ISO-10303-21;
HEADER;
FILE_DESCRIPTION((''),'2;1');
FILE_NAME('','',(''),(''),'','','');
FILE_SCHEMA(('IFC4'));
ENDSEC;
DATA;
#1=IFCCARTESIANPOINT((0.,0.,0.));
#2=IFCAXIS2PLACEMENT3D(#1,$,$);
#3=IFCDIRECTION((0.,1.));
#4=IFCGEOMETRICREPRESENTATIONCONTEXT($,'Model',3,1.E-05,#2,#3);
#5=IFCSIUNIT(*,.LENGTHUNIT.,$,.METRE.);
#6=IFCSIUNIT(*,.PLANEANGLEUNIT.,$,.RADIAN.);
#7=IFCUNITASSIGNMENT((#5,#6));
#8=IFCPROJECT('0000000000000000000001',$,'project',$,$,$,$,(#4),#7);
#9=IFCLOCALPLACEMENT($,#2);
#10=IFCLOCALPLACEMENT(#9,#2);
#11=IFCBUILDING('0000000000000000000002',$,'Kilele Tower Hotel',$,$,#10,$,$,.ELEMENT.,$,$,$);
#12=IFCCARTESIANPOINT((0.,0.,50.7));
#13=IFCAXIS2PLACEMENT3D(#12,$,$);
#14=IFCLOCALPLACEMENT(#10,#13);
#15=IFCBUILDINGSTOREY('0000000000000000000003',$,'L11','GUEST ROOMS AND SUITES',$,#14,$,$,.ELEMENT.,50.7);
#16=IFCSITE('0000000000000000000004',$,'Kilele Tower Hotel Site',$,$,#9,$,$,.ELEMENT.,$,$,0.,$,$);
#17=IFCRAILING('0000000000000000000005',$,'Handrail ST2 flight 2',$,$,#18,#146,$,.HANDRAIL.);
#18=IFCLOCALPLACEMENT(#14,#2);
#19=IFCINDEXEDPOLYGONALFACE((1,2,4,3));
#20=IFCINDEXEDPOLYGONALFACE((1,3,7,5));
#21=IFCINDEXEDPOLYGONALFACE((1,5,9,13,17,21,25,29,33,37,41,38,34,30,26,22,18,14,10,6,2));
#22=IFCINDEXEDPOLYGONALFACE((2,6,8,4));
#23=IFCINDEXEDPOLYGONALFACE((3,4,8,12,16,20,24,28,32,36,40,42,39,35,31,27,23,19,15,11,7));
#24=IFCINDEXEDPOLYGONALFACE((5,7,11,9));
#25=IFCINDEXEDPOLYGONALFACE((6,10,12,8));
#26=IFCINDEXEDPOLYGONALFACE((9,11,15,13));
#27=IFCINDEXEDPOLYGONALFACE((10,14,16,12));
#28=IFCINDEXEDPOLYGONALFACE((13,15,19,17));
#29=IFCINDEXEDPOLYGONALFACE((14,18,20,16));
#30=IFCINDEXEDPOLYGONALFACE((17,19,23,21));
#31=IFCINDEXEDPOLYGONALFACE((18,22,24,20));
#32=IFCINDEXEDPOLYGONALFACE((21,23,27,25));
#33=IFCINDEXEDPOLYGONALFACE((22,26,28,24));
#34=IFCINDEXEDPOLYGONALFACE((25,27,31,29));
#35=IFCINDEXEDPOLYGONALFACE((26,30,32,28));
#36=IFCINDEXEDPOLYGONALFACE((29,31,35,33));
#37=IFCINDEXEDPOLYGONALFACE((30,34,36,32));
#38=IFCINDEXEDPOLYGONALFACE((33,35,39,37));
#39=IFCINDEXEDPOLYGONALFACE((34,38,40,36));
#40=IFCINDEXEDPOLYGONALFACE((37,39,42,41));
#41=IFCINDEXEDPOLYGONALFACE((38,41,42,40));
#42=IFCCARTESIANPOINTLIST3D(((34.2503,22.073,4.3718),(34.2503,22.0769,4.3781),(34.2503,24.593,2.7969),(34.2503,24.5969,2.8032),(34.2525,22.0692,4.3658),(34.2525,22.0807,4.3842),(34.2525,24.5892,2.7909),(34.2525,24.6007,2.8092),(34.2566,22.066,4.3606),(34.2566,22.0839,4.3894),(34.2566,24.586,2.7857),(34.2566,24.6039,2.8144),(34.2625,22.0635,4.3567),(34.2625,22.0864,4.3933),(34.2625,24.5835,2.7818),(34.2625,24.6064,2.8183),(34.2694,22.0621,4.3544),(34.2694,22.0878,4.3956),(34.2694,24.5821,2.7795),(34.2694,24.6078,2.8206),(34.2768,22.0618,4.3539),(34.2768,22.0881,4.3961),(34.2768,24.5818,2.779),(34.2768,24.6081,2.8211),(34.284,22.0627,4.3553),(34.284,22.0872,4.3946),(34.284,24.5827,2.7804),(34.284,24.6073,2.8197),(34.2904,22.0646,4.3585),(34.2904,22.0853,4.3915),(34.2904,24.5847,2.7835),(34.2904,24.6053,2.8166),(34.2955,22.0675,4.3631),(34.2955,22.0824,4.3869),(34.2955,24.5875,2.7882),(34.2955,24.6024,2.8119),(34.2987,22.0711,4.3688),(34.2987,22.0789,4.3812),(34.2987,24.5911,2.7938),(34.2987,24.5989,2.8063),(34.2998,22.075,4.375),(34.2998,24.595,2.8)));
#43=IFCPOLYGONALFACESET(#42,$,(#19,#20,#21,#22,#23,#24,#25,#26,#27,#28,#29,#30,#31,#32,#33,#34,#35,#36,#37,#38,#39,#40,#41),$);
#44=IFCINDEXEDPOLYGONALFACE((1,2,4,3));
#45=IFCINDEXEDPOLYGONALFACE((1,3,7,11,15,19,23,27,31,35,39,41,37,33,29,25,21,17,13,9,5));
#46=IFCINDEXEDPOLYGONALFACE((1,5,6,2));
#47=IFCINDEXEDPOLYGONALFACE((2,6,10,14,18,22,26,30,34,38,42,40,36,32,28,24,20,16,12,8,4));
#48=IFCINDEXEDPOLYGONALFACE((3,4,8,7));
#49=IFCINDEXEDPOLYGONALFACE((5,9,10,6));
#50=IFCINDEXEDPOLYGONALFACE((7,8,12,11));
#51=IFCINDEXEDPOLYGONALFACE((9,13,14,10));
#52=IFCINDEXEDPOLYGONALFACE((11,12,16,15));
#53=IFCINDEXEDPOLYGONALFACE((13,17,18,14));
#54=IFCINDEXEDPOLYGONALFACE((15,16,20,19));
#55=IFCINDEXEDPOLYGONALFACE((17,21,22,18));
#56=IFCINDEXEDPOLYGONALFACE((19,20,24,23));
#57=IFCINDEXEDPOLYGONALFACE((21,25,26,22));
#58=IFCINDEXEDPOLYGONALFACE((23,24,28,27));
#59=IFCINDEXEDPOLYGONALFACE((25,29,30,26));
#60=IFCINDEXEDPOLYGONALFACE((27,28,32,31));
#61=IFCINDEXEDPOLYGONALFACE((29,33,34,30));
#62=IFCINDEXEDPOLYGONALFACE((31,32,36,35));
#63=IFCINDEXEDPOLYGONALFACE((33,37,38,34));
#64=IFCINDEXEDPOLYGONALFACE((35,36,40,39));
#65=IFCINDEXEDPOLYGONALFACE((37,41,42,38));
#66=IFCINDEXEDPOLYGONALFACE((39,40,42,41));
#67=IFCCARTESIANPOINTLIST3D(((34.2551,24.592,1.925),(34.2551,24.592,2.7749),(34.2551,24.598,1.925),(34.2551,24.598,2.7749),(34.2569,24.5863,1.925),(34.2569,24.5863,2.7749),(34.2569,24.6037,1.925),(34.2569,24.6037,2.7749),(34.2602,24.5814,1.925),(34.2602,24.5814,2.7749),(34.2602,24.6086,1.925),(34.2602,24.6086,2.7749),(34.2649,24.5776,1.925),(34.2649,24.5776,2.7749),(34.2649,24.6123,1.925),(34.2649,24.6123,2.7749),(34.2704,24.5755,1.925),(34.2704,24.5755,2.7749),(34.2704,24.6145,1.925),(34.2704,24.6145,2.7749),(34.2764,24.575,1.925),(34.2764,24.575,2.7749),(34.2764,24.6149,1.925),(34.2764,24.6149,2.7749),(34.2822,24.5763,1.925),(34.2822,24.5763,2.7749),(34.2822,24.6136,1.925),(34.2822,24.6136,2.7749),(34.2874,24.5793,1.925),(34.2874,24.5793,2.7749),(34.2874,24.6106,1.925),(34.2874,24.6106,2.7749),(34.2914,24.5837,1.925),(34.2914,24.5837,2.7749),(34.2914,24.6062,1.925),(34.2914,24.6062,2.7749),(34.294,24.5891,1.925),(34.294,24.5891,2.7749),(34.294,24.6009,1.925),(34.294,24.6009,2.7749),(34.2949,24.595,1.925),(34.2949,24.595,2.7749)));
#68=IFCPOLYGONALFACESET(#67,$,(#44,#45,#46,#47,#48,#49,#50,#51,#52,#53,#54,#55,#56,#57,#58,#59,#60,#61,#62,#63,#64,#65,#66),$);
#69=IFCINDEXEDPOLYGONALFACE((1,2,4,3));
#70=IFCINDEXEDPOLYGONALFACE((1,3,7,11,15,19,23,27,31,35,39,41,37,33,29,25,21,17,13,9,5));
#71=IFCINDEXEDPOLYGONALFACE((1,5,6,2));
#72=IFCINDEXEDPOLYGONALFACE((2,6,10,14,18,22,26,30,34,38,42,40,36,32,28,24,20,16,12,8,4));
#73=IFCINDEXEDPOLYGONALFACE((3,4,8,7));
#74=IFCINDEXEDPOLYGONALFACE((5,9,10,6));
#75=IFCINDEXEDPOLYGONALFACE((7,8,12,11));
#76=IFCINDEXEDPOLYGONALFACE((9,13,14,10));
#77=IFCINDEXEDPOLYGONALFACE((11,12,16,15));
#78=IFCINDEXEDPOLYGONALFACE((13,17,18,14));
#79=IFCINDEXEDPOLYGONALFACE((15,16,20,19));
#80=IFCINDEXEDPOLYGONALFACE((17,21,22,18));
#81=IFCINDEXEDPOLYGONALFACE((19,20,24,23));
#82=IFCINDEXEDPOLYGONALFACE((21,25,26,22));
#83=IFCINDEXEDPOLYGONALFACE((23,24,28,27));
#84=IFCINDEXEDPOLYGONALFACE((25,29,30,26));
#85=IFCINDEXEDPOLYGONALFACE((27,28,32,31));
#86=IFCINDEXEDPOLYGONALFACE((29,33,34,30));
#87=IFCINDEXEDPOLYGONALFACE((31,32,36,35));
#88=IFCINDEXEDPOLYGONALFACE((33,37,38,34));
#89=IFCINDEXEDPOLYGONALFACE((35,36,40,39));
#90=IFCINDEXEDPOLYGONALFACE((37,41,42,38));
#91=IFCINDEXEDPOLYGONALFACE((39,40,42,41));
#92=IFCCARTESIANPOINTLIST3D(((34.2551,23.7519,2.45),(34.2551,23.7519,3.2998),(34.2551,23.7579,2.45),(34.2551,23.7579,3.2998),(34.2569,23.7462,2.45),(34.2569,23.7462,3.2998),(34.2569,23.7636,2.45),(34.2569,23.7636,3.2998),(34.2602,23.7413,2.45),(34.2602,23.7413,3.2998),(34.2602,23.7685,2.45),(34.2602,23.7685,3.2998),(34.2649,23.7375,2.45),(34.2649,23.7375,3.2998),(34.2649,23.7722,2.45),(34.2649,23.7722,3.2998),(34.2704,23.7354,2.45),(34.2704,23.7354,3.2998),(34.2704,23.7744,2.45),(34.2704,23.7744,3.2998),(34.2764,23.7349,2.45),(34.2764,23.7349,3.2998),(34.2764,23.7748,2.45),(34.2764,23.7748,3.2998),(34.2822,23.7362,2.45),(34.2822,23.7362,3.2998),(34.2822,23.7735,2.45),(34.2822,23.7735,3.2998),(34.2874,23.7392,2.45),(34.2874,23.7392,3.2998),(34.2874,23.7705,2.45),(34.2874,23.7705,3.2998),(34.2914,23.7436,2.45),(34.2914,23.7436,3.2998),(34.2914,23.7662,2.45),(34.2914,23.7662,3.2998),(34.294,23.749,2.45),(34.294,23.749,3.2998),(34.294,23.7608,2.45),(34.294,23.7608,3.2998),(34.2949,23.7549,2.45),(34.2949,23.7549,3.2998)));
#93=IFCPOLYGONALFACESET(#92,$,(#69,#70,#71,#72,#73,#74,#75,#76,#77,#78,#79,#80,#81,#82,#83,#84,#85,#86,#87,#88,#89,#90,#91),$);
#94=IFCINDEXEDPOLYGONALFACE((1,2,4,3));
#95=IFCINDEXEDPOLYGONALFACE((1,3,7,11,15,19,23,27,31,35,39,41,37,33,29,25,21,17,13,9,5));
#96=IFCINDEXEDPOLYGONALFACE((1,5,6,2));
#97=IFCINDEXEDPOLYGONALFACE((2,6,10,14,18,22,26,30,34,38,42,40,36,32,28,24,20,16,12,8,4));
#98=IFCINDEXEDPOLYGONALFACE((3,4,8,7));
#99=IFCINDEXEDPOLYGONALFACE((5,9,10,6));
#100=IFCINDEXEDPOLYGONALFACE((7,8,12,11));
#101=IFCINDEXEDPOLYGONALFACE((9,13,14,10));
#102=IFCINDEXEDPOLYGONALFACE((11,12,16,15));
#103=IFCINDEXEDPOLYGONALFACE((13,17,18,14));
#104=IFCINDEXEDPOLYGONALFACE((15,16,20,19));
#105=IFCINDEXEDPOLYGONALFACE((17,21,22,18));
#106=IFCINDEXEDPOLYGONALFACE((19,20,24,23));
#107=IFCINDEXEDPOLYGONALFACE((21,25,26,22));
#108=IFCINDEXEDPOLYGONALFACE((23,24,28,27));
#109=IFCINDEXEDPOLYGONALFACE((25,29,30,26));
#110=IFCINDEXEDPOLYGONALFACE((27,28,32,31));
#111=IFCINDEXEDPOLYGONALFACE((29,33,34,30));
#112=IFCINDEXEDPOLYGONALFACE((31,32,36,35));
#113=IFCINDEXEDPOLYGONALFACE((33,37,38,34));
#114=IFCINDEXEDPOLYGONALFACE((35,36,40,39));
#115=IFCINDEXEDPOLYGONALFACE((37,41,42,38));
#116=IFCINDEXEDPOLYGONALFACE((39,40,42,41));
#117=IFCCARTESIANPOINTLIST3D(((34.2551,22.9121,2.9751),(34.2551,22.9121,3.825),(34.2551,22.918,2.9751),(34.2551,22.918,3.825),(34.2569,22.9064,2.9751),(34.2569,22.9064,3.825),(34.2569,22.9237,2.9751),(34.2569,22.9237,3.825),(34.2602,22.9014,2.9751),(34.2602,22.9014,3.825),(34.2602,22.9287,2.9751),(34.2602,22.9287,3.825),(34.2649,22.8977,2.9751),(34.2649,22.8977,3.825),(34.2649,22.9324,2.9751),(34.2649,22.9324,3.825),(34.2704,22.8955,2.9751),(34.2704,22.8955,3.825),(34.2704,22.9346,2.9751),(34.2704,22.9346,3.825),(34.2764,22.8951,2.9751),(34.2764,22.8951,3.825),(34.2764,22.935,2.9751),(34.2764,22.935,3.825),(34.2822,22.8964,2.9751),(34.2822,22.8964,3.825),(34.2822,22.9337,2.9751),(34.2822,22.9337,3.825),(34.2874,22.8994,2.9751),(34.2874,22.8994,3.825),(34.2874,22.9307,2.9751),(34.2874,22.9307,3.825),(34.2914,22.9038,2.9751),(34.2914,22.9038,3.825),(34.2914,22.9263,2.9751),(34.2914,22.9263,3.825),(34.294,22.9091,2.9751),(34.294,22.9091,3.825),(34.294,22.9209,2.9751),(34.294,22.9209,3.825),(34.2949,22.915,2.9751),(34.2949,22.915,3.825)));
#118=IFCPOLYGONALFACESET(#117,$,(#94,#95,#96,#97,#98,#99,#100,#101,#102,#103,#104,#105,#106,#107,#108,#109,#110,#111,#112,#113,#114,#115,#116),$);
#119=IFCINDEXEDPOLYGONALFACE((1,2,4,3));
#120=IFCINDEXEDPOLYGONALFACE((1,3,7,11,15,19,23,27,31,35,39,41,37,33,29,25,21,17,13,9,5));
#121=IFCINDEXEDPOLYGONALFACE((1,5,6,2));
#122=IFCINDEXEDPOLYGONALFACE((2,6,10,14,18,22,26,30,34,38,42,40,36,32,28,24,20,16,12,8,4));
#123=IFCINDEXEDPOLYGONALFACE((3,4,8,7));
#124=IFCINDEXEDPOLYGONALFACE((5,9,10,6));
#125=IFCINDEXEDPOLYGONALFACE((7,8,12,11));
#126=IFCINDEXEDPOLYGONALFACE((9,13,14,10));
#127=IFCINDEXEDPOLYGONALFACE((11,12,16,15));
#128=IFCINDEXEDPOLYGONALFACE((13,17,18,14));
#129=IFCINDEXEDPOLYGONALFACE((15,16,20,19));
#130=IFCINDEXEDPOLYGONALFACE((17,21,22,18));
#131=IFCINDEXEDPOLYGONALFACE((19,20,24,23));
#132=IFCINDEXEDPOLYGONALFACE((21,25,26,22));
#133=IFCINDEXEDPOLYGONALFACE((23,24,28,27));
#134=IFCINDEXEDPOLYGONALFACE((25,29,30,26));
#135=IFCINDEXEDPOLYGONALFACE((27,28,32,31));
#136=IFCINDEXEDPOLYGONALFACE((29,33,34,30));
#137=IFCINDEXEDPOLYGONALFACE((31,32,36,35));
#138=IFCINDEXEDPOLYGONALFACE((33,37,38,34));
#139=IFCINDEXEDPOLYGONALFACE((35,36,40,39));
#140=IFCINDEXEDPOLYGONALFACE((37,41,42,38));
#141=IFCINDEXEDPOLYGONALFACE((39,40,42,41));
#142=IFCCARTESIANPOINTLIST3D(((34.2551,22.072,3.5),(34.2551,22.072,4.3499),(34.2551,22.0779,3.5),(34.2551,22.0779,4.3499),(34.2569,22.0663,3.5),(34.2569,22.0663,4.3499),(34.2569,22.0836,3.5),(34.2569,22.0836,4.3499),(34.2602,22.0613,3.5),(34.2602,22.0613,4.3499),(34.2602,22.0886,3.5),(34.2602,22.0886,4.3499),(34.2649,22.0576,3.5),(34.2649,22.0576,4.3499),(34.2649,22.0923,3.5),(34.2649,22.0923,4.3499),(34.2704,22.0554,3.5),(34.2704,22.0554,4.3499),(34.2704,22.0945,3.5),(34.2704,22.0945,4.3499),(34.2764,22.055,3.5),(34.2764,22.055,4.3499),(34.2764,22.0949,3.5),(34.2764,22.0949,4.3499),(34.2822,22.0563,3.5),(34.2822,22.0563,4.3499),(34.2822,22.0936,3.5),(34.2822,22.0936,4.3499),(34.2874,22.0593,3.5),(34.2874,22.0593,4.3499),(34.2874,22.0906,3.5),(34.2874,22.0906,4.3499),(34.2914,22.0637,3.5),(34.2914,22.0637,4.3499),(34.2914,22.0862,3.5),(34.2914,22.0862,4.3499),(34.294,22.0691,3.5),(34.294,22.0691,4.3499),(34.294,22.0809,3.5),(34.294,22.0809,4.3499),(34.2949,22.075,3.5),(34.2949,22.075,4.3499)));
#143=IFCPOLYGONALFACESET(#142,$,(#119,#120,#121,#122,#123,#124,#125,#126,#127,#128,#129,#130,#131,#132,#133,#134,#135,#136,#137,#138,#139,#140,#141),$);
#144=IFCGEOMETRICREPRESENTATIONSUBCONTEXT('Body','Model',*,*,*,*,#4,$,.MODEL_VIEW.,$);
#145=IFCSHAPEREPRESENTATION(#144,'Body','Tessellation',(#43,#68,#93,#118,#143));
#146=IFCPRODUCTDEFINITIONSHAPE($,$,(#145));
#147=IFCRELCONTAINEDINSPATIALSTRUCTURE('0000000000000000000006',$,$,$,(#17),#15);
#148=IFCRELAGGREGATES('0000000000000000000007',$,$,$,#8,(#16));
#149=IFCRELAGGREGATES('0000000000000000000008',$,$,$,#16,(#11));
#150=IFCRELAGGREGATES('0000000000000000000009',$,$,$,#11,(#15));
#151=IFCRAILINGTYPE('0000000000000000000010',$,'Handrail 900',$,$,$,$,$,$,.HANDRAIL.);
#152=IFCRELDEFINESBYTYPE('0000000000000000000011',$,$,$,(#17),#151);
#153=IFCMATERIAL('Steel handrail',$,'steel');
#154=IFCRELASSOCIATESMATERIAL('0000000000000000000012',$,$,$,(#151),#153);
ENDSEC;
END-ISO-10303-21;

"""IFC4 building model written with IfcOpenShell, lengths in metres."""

from ifc_helpers import new_model, si_unit, direction, frame, origin, origin_2d, place, context, subcontext, project, spatial, circle, extrude, material, type_object, element, save


model = new_model("IFC4")

# Units and contexts
model_context = context("Model", 3, precision=1e-05, world=origin(), true_north=direction((0.0, 1.0)))
body_context = subcontext(model_context, "Body", "Model", "MODEL_VIEW")
ifc_project = project(units=[si_unit("LENGTHUNIT", "METRE"), si_unit("PLANEANGLEUNIT", "RADIAN")], contexts=[model_context])

# Site, building, storey
site_placement = place(None, origin())
site = spatial("IfcSite", under=ifc_project, at=site_placement, Name="Kilele Tower Hotel Site", CompositionType="ELEMENT", RefElevation=0.0)
building_placement = place(site_placement, origin())
building = spatial("IfcBuilding", under=site, at=building_placement, Name="Kilele Tower Hotel", CompositionType="ELEMENT")
storey_placement = place(building_placement, frame((0.0, 0.0, 50.7)))
storey = spatial("IfcBuildingStorey", under=building, at=storey_placement, Name="L11", Description="GUEST ROOMS AND SUITES", CompositionType="ELEMENT", Elevation=50.7)

# Railing
ifc_material_1 = material(Name="Steel handrail", Category="steel")
railing_type_1 = type_object("IfcRailingType", Name="Handrail 900", PredefinedType="HANDRAIL", material=ifc_material_1)
for number, where, name in (
    (1, (34.2749, 24.595, 1.925), "Handrail ST2 flight 2"),
):
    element("IfcRailing", number, at=place(storey_placement, frame(where)), inside=storey, type_object=railing_type_1, Name=name, PredefinedType="HANDRAIL", context=body_context, shape_type="SweptSolid", body=[
        extrude(circle(Radius=0.0249, at=origin_2d()), frame((0.0, 0.0, 0.875), z_axis=(0.0, -0.848008, 0.529984), x_axis=(1.0, 0.0, 0.0)), (0.0, 0.0, 1.0), 2.9717),
        extrude(circle(Radius=0.02, at=origin_2d()), origin(), (0.0, 0.0, 1.0), 0.8499),
        extrude(circle(Radius=0.02, at=origin_2d()), frame((0.0, -0.8401, 0.5249)), (0.0, 0.0, 1.0), 0.8499),
        extrude(circle(Radius=0.02, at=origin_2d()), frame((0.0, -1.6799, 1.05)), (0.0, 0.0, 1.0), 0.8499),
        extrude(circle(Radius=0.02, at=origin_2d()), frame((0.0, -2.52, 1.575)), (0.0, 0.0, 1.0), 0.8499),
    ])

save(model, "model.ifc")
